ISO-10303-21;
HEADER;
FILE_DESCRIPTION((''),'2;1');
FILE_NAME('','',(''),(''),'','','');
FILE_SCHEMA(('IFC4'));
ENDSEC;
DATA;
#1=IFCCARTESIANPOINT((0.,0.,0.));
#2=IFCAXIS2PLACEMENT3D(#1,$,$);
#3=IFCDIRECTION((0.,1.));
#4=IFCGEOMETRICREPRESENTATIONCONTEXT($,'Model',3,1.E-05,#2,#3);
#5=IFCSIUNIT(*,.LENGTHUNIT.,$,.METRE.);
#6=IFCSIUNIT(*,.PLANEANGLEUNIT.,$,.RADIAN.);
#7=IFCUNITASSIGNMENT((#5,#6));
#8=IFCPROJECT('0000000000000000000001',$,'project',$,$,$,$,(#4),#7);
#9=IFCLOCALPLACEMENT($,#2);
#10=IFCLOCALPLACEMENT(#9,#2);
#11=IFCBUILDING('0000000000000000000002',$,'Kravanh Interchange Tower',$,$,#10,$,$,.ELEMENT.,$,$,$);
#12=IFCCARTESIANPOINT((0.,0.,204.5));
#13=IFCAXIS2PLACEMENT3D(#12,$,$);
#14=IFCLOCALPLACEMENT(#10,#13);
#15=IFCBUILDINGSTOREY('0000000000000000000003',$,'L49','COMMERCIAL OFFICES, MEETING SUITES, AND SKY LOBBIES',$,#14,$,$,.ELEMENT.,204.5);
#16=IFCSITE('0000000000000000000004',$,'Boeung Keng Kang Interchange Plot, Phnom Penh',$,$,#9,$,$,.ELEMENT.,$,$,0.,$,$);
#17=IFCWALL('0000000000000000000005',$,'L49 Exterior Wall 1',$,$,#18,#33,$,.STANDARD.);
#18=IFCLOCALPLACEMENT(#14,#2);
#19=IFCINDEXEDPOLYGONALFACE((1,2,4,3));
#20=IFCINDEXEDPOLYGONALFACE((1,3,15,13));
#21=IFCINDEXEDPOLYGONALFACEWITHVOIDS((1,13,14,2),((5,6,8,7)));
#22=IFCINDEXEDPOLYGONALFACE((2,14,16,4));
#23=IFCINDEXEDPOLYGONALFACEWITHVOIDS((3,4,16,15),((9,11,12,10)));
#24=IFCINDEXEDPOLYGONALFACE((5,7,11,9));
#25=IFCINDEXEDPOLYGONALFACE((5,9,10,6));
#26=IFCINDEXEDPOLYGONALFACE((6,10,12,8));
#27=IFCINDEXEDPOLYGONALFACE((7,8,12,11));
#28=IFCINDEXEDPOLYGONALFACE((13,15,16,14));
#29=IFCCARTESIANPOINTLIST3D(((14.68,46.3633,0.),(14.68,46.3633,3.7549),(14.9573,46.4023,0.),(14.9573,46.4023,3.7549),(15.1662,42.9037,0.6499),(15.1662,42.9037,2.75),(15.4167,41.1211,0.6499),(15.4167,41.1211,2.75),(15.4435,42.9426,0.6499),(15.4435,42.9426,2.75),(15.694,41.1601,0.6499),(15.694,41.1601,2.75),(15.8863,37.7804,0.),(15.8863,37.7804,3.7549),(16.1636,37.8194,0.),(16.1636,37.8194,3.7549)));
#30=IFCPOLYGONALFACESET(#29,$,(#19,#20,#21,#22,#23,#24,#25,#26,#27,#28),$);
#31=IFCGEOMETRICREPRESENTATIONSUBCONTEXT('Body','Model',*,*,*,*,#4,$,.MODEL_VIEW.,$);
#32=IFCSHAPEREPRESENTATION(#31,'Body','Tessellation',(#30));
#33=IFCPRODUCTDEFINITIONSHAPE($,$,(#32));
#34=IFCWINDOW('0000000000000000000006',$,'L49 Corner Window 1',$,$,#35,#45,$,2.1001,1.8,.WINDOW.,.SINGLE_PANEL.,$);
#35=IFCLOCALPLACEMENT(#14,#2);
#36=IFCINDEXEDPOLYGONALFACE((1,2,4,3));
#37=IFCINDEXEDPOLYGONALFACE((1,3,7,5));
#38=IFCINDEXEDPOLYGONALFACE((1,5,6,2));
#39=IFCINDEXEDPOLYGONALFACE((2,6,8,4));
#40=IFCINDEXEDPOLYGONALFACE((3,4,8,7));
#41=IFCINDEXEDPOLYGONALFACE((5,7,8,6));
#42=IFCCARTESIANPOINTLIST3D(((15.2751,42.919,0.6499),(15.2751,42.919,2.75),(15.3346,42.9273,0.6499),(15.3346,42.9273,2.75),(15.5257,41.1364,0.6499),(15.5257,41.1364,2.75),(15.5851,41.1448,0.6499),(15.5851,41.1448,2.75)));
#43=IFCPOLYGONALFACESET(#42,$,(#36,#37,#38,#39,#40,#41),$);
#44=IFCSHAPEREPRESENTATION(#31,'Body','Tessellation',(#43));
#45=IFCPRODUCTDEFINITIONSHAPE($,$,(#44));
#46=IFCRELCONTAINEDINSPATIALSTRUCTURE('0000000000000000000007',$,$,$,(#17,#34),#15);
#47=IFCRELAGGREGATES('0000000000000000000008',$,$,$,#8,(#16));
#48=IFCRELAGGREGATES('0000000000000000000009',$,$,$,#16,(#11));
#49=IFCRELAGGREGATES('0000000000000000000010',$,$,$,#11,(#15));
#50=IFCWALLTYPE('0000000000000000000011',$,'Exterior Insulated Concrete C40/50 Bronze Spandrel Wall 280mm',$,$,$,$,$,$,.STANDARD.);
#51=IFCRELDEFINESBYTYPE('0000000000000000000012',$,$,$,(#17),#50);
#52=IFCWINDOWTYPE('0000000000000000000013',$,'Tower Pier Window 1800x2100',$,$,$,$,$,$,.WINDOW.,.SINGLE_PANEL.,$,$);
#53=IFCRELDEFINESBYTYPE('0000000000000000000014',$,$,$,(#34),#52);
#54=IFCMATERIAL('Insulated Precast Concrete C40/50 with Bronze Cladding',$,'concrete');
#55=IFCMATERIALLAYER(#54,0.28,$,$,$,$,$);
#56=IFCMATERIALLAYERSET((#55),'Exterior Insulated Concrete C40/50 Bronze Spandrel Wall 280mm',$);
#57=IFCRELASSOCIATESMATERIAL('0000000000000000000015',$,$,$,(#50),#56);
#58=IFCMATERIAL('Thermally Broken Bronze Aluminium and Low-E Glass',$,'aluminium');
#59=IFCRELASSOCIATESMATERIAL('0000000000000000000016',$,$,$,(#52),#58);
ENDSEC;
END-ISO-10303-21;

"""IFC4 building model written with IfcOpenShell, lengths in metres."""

from ifc_helpers import new_model, si_unit, direction, frame, frame_2d, origin, place, context, subcontext, project, spatial, rectangle, extrude, material, layer, layer_set, type_object, element, fill, save


model = new_model("IFC4")

# Units and contexts
model_context = context("Model", 3, precision=1e-05, world=origin(), true_north=direction((0.0, 1.0)))
body_context = subcontext(model_context, "Body", "Model", "MODEL_VIEW")
ifc_project = project(units=[si_unit("LENGTHUNIT", "METRE"), si_unit("PLANEANGLEUNIT", "RADIAN")], contexts=[model_context])

# Site, building, storey
site_placement = place(None, origin())
site = spatial("IfcSite", under=ifc_project, at=site_placement, Name="Boeung Keng Kang Interchange Plot, Phnom Penh", CompositionType="ELEMENT", RefElevation=0.0)
building_placement = place(site_placement, origin())
building = spatial("IfcBuilding", under=site, at=building_placement, Name="Kravanh Interchange Tower", CompositionType="ELEMENT")
storey_placement = place(building_placement, frame((0.0, 0.0, 204.5)))
storey = spatial("IfcBuildingStorey", under=building, at=storey_placement, Name="L49", Description="COMMERCIAL OFFICES, MEETING SUITES, AND SKY LOBBIES", CompositionType="ELEMENT", Elevation=204.5)

# Wall, opening, window
ifc_material_1 = material(Name="Insulated Precast Concrete C40/50 with Bronze Cladding", Category="concrete")
ifc_layer_1 = layer(ifc_material_1, 0.28)
ifc_layer_set_1 = layer_set([ifc_layer_1], Name="Exterior Insulated Concrete C40/50 Bronze Spandrel Wall 280mm")
wall_type_1 = type_object("IfcWallType", Name="Exterior Insulated Concrete C40/50 Bronze Spandrel Wall 280mm", PredefinedType="STANDARD", material=ifc_layer_set_1)
wall_1_placement = place(storey_placement, frame((16.0249, 37.8, 0.0), z_axis=(0.0, 0.0, 1.0), x_axis=(-0.139181, 0.990267, 0.0)))
wall_1 = element("IfcWall", 1, at=wall_1_placement, inside=storey, type_object=wall_type_1, Name="L49 Exterior Wall 1", PredefinedType="STANDARD", context=body_context, shape_type="SweptSolid", body=[
    extrude(rectangle(XDim=8.6672, YDim=0.28, at=frame_2d((4.3335, 0.0))), origin(), (0.0, 0.0, 1.0), 3.7549),
])
opening_1_placement = place(wall_1_placement, frame((3.3735, 0.0, 0.6499)))
opening_1 = element("IfcOpeningElement", 2, at=opening_1_placement, cuts=wall_1, PredefinedType="OPENING", context=body_context, shape_type="SweptSolid", body=[
    extrude(rectangle(XDim=1.8, YDim=2.1001, at=frame_2d((0.8999, 1.05))), frame((0.0, 0.1499, 0.0), z_axis=(0.0, -1.0, 0.0), x_axis=(1.0, 0.0, 0.0)), (0.0, 0.0, 1.0), 0.3),
])
ifc_material_2 = material(Name="Thermally Broken Bronze Aluminium and Low-E Glass", Category="aluminium")
window_type = type_object("IfcWindowType", Name="Tower Pier Window 1800x2100", PartitioningType="SINGLE_PANEL", PredefinedType="WINDOW", material=ifc_material_2)
window_placement = place(opening_1_placement, origin())
window = element("IfcWindow", 3, at=window_placement, inside=storey, type_object=window_type, Name="L49 Corner Window 1", OverallHeight=2.1001, OverallWidth=1.8, PartitioningType="SINGLE_PANEL", PredefinedType="WINDOW", context=body_context, shape_type="SweptSolid", body=[
    extrude(rectangle(XDim=1.8, YDim=2.1001, at=frame_2d((0.8999, 1.05))), frame((0.0, 0.03, 0.0), z_axis=(0.0, -1.0, 0.0), x_axis=(1.0, 0.0, 0.0)), (0.0, 0.0, 1.0), 0.0601),
])
fill(opening_1, window)

save(model, "model.ifc")
